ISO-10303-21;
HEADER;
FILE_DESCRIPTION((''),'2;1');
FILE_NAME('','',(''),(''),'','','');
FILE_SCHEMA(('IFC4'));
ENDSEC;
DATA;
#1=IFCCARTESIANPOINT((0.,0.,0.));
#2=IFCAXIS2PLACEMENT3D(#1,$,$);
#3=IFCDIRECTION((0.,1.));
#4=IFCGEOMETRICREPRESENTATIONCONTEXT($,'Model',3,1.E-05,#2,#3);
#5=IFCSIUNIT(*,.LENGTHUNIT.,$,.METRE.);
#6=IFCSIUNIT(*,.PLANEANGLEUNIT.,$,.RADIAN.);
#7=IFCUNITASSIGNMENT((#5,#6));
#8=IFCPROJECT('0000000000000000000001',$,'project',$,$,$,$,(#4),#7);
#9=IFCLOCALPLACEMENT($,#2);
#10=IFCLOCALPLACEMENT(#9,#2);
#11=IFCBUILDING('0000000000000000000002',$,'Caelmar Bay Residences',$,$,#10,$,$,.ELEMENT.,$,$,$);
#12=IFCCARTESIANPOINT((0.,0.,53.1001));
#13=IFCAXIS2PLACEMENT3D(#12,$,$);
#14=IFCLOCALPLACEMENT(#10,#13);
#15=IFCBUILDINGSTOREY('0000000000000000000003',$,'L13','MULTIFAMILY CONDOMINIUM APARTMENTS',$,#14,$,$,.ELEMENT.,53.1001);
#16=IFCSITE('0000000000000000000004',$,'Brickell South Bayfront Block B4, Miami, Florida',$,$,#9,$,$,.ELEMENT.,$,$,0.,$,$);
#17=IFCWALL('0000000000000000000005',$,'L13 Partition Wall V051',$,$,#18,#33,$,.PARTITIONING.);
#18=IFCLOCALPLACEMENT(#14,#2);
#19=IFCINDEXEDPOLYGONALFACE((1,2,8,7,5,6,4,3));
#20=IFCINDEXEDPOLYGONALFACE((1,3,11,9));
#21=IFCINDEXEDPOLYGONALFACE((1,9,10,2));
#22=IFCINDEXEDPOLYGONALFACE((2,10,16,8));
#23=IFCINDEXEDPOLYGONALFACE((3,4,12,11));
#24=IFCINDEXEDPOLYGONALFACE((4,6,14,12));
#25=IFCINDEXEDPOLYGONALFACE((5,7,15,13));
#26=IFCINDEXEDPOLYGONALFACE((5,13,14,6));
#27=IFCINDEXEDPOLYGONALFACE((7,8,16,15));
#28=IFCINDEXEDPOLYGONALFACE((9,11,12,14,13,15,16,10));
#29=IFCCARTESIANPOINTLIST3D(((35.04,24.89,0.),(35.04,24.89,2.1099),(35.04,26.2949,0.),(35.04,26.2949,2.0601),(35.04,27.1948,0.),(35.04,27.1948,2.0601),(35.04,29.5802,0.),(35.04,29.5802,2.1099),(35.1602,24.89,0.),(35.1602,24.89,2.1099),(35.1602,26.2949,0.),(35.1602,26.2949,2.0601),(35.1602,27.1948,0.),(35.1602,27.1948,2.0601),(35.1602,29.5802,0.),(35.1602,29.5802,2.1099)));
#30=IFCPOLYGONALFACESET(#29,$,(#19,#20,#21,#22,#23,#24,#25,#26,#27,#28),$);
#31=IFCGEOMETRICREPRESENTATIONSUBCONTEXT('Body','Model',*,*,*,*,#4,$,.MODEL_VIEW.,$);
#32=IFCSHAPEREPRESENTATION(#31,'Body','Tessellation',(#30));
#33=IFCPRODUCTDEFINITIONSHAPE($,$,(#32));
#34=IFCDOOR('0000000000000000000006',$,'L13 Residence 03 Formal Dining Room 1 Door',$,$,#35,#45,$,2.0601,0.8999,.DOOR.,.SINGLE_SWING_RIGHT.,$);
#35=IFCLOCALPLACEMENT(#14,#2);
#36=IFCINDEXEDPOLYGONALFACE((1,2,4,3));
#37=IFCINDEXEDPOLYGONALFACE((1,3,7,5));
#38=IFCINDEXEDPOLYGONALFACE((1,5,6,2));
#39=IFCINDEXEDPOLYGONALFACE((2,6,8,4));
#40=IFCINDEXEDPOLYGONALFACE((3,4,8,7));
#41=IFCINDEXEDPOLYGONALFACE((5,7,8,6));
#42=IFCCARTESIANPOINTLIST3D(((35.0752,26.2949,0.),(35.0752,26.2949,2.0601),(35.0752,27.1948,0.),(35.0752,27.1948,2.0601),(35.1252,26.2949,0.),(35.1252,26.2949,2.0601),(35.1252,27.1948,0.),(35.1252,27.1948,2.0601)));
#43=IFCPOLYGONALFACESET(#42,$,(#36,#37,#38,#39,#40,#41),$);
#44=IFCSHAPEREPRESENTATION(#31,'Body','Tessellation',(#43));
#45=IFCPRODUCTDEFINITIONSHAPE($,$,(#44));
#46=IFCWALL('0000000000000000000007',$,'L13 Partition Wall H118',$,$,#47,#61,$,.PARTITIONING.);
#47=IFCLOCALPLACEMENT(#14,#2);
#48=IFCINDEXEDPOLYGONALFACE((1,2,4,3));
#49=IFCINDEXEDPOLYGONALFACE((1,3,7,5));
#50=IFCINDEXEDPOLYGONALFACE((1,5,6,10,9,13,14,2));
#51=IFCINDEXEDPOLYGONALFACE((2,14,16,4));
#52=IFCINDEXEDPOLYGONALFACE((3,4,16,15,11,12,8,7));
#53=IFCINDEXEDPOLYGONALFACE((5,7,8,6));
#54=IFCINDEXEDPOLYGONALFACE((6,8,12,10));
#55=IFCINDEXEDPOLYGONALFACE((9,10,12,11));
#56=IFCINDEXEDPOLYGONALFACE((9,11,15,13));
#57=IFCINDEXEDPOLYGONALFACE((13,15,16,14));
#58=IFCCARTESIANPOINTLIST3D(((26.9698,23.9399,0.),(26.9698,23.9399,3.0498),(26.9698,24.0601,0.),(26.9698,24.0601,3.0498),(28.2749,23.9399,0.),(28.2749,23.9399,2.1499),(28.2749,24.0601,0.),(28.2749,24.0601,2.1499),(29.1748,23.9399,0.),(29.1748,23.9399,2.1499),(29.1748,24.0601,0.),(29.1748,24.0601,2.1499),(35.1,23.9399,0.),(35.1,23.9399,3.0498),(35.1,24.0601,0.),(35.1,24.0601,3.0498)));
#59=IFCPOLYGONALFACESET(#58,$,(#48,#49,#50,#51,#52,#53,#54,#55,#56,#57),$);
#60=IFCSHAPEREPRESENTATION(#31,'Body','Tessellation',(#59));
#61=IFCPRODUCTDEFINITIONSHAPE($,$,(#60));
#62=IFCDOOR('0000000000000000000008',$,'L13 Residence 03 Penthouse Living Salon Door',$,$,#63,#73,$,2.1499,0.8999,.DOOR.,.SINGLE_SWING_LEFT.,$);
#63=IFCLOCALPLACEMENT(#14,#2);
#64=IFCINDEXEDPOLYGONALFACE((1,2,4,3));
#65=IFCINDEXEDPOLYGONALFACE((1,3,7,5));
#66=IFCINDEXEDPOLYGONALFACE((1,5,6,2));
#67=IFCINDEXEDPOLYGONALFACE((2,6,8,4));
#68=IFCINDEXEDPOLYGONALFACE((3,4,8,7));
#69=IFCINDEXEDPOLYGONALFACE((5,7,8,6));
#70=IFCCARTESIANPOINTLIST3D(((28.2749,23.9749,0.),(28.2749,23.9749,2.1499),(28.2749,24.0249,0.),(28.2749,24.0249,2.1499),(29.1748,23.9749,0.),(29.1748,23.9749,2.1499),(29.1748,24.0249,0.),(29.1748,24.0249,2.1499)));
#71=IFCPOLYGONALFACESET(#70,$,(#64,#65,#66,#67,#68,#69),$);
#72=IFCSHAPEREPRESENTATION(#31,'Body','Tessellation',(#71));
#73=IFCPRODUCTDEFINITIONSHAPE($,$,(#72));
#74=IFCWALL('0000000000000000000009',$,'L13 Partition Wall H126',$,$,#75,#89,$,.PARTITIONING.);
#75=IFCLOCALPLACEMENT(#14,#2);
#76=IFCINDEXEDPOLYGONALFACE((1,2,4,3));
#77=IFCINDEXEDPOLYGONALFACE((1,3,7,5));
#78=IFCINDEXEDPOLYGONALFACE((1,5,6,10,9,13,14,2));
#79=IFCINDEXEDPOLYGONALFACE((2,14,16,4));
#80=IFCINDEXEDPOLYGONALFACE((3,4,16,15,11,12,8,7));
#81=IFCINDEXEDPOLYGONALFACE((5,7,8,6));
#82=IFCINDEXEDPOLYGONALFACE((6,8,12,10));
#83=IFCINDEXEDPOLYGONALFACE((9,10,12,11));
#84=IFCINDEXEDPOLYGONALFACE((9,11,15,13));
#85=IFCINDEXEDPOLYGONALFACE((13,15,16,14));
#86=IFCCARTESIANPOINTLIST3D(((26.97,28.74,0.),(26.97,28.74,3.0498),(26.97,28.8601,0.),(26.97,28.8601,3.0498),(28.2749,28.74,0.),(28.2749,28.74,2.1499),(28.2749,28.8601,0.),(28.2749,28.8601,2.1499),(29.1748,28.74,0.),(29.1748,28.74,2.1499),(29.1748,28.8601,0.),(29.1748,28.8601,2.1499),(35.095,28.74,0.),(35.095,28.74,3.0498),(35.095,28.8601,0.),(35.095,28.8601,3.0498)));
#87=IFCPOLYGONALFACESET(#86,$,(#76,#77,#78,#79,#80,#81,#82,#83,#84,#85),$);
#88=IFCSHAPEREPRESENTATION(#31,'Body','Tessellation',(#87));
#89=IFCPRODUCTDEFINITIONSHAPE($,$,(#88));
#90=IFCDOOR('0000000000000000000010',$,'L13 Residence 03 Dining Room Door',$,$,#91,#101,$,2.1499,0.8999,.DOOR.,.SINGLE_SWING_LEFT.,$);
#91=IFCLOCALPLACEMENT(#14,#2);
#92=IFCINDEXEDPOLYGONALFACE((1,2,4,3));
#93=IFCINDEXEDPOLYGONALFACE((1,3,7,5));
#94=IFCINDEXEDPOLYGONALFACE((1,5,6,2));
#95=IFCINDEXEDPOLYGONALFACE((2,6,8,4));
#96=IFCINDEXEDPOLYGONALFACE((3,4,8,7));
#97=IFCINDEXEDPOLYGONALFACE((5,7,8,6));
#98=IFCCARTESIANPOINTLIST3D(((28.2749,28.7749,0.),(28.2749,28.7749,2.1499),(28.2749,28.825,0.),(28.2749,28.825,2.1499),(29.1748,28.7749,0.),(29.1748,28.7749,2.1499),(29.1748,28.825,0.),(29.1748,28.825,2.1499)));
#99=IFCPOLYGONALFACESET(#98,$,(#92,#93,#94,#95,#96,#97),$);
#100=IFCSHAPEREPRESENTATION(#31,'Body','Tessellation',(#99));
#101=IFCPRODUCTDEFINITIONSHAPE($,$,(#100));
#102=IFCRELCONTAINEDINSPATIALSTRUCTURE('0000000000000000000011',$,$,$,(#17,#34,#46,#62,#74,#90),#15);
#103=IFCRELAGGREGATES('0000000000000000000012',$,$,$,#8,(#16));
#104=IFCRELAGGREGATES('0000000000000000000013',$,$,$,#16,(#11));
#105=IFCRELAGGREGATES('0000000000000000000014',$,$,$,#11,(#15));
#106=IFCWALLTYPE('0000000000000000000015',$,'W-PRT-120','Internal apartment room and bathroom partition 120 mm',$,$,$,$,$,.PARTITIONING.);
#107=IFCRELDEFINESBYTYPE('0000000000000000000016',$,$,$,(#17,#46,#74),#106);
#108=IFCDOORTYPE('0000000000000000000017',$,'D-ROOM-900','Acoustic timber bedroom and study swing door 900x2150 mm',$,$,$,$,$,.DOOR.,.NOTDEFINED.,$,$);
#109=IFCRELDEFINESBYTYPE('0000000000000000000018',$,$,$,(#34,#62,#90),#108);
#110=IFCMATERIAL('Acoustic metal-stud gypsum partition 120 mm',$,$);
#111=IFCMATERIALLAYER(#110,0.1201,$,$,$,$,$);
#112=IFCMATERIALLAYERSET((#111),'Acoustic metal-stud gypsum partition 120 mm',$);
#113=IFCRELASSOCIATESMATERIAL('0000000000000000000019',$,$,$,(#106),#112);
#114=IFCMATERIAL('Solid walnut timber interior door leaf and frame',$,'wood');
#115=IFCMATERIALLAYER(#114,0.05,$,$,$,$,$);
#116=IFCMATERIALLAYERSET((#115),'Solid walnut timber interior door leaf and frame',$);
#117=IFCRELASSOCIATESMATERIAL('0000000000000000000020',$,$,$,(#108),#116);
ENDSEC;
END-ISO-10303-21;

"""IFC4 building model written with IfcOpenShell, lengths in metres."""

from ifc_helpers import new_model, si_unit, direction, frame, frame_2d, origin, place, context, subcontext, project, spatial, rectangle, extrude, material, layer, layer_set, type_object, element, fill, save


model = new_model("IFC4")

# Units and contexts
model_context = context("Model", 3, precision=1e-05, world=origin(), true_north=direction((0.0, 1.0)))
body_context = subcontext(model_context, "Body", "Model", "MODEL_VIEW")
ifc_project = project(units=[si_unit("LENGTHUNIT", "METRE"), si_unit("PLANEANGLEUNIT", "RADIAN")], contexts=[model_context])

# Site, building, storey
site_placement = place(None, origin())
site = spatial("IfcSite", under=ifc_project, at=site_placement, Name="Brickell South Bayfront Block B4, Miami, Florida", CompositionType="ELEMENT", RefElevation=0.0)
building_placement = place(site_placement, origin())
building = spatial("IfcBuilding", under=site, at=building_placement, Name="Caelmar Bay Residences", CompositionType="ELEMENT")
storey_placement = place(building_placement, frame((0.0, 0.0, 53.1001)))
storey = spatial("IfcBuildingStorey", under=building, at=storey_placement, Name="L13", Description="MULTIFAMILY CONDOMINIUM APARTMENTS", CompositionType="ELEMENT", Elevation=53.1001)

# Shared definitions
ifc_material_1 = material(Name="Acoustic metal-stud gypsum partition 120 mm")
ifc_layer_1 = layer(ifc_material_1, 0.1201)
ifc_layer_set_1 = layer_set([ifc_layer_1], Name="Acoustic metal-stud gypsum partition 120 mm")
wall_type = type_object("IfcWallType", Name="W-PRT-120", Description="Internal apartment room and bathroom partition 120 mm", PredefinedType="PARTITIONING", material=ifc_layer_set_1)

# Shared definitions
ifc_material_2 = material(Name="Solid walnut timber interior door leaf and frame", Category="wood")
ifc_layer_2 = layer(ifc_material_2, 0.05)
ifc_layer_set_2 = layer_set([ifc_layer_2], Name="Solid walnut timber interior door leaf and frame")
door_type = type_object("IfcDoorType", Name="D-ROOM-900", Description="Acoustic timber bedroom and study swing door 900x2150 mm", OperationType="NOTDEFINED", PredefinedType="DOOR", material=ifc_layer_set_2)

# Walls, openings, doors
wall_1_placement = place(storey_placement, frame((35.1001, 24.8899, 0.0), z_axis=(0.0, 0.0, 1.0), x_axis=(0.0, 1.0, 0.0)))
wall_1 = element("IfcWall", 1, at=wall_1_placement, inside=storey, type_object=wall_type, Name="L13 Partition Wall V051", PredefinedType="PARTITIONING", context=body_context, shape_type="SweptSolid", body=[
    extrude(rectangle(XDim=4.6902, YDim=0.1201, at=frame_2d((2.3452, 0.0))), origin(), (0.0, 0.0, 1.0), 2.1099),
])
opening_1_placement = place(wall_1_placement, frame((1.405, 0.0, 0.0)))
opening_1 = element("IfcOpeningElement", 2, at=opening_1_placement, cuts=wall_1, PredefinedType="OPENING", context=body_context, shape_type="SweptSolid", body=[
    extrude(rectangle(XDim=0.8999, YDim=2.0601, at=frame_2d((0.45, 1.03))), frame((0.0, 0.0701, 0.0), z_axis=(0.0, -1.0, 0.0), x_axis=(1.0, 0.0, 0.0)), (0.0, 0.0, 1.0), 0.1401),
])
door_1_placement = place(opening_1_placement, origin())
door_1 = element("IfcDoor", 3, at=door_1_placement, inside=storey, type_object=door_type, Name="L13 Residence 03 Formal Dining Room 1 Door", OperationType="SINGLE_SWING_RIGHT", OverallHeight=2.0601, OverallWidth=0.8999, PredefinedType="DOOR", context=body_context, shape_type="SweptSolid", body=[
    extrude(rectangle(XDim=0.8999, YDim=2.0601, at=frame_2d((0.45, 1.03))), frame((0.0, 0.0249, 0.0), z_axis=(0.0, -1.0, 0.0), x_axis=(1.0, 0.0, 0.0)), (0.0, 0.0, 1.0), 0.05),
])
fill(opening_1, door_1)
wall_2_placement = place(storey_placement, frame((26.97, 24.0, 0.0), z_axis=(0.0, 0.0, 1.0), x_axis=(1.0, 0.0, 0.0)))
wall_2 = element("IfcWall", 4, at=wall_2_placement, inside=storey, type_object=wall_type, Name="L13 Partition Wall H118", PredefinedType="PARTITIONING", context=body_context, shape_type="SweptSolid", body=[
    extrude(rectangle(XDim=8.1301, YDim=0.1201, at=frame_2d((4.0649, 0.0))), origin(), (0.0, 0.0, 1.0), 3.0498),
])
opening_2_placement = place(wall_2_placement, frame((1.3049, 0.0, 0.0)))
opening_2 = element("IfcOpeningElement", 5, at=opening_2_placement, cuts=wall_2, PredefinedType="OPENING", context=body_context, shape_type="SweptSolid", body=[
    extrude(rectangle(XDim=0.8999, YDim=2.1499, at=frame_2d((0.45, 1.075))), frame((0.0, 0.0701, 0.0), z_axis=(0.0, -1.0, 0.0), x_axis=(1.0, 0.0, 0.0)), (0.0, 0.0, 1.0), 0.1401),
])
door_2_placement = place(opening_2_placement, origin())
door_2 = element("IfcDoor", 6, at=door_2_placement, inside=storey, type_object=door_type, Name="L13 Residence 03 Penthouse Living Salon Door", OperationType="SINGLE_SWING_LEFT", OverallHeight=2.1499, OverallWidth=0.8999, PredefinedType="DOOR", context=body_context, shape_type="SweptSolid", body=[
    extrude(rectangle(XDim=0.8999, YDim=2.1499, at=frame_2d((0.45, 1.075))), frame((0.0, 0.0249, 0.0), z_axis=(0.0, -1.0, 0.0), x_axis=(1.0, 0.0, 0.0)), (0.0, 0.0, 1.0), 0.05),
])
fill(opening_2, door_2)
wall_3_placement = place(storey_placement, frame((26.97, 28.8, 0.0), z_axis=(0.0, 0.0, 1.0), x_axis=(1.0, 0.0, 0.0)))
wall_3 = element("IfcWall", 7, at=wall_3_placement, inside=storey, type_object=wall_type, Name="L13 Partition Wall H126", PredefinedType="PARTITIONING", context=body_context, shape_type="SweptSolid", body=[
    extrude(rectangle(XDim=8.125, YDim=0.1201, at=frame_2d((4.0625, 0.0))), origin(), (0.0, 0.0, 1.0), 3.0498),
])
opening_3_placement = place(wall_3_placement, frame((1.3049, 0.0, 0.0)))
opening_3 = element("IfcOpeningElement", 8, at=opening_3_placement, cuts=wall_3, PredefinedType="OPENING", context=body_context, shape_type="SweptSolid", body=[
    extrude(rectangle(XDim=0.8999, YDim=2.1499, at=frame_2d((0.45, 1.075))), frame((0.0, 0.0701, 0.0), z_axis=(0.0, -1.0, 0.0), x_axis=(1.0, 0.0, 0.0)), (0.0, 0.0, 1.0), 0.1401),
])
door_3_placement = place(opening_3_placement, origin())
door_3 = element("IfcDoor", 9, at=door_3_placement, inside=storey, type_object=door_type, Name="L13 Residence 03 Dining Room Door", OperationType="SINGLE_SWING_LEFT", OverallHeight=2.1499, OverallWidth=0.8999, PredefinedType="DOOR", context=body_context, shape_type="SweptSolid", body=[
    extrude(rectangle(XDim=0.8999, YDim=2.1499, at=frame_2d((0.45, 1.075))), frame((0.0, 0.0249, 0.0), z_axis=(0.0, -1.0, 0.0), x_axis=(1.0, 0.0, 0.0)), (0.0, 0.0, 1.0), 0.05),
])
fill(opening_3, door_3)

save(model, "model.ifc")
